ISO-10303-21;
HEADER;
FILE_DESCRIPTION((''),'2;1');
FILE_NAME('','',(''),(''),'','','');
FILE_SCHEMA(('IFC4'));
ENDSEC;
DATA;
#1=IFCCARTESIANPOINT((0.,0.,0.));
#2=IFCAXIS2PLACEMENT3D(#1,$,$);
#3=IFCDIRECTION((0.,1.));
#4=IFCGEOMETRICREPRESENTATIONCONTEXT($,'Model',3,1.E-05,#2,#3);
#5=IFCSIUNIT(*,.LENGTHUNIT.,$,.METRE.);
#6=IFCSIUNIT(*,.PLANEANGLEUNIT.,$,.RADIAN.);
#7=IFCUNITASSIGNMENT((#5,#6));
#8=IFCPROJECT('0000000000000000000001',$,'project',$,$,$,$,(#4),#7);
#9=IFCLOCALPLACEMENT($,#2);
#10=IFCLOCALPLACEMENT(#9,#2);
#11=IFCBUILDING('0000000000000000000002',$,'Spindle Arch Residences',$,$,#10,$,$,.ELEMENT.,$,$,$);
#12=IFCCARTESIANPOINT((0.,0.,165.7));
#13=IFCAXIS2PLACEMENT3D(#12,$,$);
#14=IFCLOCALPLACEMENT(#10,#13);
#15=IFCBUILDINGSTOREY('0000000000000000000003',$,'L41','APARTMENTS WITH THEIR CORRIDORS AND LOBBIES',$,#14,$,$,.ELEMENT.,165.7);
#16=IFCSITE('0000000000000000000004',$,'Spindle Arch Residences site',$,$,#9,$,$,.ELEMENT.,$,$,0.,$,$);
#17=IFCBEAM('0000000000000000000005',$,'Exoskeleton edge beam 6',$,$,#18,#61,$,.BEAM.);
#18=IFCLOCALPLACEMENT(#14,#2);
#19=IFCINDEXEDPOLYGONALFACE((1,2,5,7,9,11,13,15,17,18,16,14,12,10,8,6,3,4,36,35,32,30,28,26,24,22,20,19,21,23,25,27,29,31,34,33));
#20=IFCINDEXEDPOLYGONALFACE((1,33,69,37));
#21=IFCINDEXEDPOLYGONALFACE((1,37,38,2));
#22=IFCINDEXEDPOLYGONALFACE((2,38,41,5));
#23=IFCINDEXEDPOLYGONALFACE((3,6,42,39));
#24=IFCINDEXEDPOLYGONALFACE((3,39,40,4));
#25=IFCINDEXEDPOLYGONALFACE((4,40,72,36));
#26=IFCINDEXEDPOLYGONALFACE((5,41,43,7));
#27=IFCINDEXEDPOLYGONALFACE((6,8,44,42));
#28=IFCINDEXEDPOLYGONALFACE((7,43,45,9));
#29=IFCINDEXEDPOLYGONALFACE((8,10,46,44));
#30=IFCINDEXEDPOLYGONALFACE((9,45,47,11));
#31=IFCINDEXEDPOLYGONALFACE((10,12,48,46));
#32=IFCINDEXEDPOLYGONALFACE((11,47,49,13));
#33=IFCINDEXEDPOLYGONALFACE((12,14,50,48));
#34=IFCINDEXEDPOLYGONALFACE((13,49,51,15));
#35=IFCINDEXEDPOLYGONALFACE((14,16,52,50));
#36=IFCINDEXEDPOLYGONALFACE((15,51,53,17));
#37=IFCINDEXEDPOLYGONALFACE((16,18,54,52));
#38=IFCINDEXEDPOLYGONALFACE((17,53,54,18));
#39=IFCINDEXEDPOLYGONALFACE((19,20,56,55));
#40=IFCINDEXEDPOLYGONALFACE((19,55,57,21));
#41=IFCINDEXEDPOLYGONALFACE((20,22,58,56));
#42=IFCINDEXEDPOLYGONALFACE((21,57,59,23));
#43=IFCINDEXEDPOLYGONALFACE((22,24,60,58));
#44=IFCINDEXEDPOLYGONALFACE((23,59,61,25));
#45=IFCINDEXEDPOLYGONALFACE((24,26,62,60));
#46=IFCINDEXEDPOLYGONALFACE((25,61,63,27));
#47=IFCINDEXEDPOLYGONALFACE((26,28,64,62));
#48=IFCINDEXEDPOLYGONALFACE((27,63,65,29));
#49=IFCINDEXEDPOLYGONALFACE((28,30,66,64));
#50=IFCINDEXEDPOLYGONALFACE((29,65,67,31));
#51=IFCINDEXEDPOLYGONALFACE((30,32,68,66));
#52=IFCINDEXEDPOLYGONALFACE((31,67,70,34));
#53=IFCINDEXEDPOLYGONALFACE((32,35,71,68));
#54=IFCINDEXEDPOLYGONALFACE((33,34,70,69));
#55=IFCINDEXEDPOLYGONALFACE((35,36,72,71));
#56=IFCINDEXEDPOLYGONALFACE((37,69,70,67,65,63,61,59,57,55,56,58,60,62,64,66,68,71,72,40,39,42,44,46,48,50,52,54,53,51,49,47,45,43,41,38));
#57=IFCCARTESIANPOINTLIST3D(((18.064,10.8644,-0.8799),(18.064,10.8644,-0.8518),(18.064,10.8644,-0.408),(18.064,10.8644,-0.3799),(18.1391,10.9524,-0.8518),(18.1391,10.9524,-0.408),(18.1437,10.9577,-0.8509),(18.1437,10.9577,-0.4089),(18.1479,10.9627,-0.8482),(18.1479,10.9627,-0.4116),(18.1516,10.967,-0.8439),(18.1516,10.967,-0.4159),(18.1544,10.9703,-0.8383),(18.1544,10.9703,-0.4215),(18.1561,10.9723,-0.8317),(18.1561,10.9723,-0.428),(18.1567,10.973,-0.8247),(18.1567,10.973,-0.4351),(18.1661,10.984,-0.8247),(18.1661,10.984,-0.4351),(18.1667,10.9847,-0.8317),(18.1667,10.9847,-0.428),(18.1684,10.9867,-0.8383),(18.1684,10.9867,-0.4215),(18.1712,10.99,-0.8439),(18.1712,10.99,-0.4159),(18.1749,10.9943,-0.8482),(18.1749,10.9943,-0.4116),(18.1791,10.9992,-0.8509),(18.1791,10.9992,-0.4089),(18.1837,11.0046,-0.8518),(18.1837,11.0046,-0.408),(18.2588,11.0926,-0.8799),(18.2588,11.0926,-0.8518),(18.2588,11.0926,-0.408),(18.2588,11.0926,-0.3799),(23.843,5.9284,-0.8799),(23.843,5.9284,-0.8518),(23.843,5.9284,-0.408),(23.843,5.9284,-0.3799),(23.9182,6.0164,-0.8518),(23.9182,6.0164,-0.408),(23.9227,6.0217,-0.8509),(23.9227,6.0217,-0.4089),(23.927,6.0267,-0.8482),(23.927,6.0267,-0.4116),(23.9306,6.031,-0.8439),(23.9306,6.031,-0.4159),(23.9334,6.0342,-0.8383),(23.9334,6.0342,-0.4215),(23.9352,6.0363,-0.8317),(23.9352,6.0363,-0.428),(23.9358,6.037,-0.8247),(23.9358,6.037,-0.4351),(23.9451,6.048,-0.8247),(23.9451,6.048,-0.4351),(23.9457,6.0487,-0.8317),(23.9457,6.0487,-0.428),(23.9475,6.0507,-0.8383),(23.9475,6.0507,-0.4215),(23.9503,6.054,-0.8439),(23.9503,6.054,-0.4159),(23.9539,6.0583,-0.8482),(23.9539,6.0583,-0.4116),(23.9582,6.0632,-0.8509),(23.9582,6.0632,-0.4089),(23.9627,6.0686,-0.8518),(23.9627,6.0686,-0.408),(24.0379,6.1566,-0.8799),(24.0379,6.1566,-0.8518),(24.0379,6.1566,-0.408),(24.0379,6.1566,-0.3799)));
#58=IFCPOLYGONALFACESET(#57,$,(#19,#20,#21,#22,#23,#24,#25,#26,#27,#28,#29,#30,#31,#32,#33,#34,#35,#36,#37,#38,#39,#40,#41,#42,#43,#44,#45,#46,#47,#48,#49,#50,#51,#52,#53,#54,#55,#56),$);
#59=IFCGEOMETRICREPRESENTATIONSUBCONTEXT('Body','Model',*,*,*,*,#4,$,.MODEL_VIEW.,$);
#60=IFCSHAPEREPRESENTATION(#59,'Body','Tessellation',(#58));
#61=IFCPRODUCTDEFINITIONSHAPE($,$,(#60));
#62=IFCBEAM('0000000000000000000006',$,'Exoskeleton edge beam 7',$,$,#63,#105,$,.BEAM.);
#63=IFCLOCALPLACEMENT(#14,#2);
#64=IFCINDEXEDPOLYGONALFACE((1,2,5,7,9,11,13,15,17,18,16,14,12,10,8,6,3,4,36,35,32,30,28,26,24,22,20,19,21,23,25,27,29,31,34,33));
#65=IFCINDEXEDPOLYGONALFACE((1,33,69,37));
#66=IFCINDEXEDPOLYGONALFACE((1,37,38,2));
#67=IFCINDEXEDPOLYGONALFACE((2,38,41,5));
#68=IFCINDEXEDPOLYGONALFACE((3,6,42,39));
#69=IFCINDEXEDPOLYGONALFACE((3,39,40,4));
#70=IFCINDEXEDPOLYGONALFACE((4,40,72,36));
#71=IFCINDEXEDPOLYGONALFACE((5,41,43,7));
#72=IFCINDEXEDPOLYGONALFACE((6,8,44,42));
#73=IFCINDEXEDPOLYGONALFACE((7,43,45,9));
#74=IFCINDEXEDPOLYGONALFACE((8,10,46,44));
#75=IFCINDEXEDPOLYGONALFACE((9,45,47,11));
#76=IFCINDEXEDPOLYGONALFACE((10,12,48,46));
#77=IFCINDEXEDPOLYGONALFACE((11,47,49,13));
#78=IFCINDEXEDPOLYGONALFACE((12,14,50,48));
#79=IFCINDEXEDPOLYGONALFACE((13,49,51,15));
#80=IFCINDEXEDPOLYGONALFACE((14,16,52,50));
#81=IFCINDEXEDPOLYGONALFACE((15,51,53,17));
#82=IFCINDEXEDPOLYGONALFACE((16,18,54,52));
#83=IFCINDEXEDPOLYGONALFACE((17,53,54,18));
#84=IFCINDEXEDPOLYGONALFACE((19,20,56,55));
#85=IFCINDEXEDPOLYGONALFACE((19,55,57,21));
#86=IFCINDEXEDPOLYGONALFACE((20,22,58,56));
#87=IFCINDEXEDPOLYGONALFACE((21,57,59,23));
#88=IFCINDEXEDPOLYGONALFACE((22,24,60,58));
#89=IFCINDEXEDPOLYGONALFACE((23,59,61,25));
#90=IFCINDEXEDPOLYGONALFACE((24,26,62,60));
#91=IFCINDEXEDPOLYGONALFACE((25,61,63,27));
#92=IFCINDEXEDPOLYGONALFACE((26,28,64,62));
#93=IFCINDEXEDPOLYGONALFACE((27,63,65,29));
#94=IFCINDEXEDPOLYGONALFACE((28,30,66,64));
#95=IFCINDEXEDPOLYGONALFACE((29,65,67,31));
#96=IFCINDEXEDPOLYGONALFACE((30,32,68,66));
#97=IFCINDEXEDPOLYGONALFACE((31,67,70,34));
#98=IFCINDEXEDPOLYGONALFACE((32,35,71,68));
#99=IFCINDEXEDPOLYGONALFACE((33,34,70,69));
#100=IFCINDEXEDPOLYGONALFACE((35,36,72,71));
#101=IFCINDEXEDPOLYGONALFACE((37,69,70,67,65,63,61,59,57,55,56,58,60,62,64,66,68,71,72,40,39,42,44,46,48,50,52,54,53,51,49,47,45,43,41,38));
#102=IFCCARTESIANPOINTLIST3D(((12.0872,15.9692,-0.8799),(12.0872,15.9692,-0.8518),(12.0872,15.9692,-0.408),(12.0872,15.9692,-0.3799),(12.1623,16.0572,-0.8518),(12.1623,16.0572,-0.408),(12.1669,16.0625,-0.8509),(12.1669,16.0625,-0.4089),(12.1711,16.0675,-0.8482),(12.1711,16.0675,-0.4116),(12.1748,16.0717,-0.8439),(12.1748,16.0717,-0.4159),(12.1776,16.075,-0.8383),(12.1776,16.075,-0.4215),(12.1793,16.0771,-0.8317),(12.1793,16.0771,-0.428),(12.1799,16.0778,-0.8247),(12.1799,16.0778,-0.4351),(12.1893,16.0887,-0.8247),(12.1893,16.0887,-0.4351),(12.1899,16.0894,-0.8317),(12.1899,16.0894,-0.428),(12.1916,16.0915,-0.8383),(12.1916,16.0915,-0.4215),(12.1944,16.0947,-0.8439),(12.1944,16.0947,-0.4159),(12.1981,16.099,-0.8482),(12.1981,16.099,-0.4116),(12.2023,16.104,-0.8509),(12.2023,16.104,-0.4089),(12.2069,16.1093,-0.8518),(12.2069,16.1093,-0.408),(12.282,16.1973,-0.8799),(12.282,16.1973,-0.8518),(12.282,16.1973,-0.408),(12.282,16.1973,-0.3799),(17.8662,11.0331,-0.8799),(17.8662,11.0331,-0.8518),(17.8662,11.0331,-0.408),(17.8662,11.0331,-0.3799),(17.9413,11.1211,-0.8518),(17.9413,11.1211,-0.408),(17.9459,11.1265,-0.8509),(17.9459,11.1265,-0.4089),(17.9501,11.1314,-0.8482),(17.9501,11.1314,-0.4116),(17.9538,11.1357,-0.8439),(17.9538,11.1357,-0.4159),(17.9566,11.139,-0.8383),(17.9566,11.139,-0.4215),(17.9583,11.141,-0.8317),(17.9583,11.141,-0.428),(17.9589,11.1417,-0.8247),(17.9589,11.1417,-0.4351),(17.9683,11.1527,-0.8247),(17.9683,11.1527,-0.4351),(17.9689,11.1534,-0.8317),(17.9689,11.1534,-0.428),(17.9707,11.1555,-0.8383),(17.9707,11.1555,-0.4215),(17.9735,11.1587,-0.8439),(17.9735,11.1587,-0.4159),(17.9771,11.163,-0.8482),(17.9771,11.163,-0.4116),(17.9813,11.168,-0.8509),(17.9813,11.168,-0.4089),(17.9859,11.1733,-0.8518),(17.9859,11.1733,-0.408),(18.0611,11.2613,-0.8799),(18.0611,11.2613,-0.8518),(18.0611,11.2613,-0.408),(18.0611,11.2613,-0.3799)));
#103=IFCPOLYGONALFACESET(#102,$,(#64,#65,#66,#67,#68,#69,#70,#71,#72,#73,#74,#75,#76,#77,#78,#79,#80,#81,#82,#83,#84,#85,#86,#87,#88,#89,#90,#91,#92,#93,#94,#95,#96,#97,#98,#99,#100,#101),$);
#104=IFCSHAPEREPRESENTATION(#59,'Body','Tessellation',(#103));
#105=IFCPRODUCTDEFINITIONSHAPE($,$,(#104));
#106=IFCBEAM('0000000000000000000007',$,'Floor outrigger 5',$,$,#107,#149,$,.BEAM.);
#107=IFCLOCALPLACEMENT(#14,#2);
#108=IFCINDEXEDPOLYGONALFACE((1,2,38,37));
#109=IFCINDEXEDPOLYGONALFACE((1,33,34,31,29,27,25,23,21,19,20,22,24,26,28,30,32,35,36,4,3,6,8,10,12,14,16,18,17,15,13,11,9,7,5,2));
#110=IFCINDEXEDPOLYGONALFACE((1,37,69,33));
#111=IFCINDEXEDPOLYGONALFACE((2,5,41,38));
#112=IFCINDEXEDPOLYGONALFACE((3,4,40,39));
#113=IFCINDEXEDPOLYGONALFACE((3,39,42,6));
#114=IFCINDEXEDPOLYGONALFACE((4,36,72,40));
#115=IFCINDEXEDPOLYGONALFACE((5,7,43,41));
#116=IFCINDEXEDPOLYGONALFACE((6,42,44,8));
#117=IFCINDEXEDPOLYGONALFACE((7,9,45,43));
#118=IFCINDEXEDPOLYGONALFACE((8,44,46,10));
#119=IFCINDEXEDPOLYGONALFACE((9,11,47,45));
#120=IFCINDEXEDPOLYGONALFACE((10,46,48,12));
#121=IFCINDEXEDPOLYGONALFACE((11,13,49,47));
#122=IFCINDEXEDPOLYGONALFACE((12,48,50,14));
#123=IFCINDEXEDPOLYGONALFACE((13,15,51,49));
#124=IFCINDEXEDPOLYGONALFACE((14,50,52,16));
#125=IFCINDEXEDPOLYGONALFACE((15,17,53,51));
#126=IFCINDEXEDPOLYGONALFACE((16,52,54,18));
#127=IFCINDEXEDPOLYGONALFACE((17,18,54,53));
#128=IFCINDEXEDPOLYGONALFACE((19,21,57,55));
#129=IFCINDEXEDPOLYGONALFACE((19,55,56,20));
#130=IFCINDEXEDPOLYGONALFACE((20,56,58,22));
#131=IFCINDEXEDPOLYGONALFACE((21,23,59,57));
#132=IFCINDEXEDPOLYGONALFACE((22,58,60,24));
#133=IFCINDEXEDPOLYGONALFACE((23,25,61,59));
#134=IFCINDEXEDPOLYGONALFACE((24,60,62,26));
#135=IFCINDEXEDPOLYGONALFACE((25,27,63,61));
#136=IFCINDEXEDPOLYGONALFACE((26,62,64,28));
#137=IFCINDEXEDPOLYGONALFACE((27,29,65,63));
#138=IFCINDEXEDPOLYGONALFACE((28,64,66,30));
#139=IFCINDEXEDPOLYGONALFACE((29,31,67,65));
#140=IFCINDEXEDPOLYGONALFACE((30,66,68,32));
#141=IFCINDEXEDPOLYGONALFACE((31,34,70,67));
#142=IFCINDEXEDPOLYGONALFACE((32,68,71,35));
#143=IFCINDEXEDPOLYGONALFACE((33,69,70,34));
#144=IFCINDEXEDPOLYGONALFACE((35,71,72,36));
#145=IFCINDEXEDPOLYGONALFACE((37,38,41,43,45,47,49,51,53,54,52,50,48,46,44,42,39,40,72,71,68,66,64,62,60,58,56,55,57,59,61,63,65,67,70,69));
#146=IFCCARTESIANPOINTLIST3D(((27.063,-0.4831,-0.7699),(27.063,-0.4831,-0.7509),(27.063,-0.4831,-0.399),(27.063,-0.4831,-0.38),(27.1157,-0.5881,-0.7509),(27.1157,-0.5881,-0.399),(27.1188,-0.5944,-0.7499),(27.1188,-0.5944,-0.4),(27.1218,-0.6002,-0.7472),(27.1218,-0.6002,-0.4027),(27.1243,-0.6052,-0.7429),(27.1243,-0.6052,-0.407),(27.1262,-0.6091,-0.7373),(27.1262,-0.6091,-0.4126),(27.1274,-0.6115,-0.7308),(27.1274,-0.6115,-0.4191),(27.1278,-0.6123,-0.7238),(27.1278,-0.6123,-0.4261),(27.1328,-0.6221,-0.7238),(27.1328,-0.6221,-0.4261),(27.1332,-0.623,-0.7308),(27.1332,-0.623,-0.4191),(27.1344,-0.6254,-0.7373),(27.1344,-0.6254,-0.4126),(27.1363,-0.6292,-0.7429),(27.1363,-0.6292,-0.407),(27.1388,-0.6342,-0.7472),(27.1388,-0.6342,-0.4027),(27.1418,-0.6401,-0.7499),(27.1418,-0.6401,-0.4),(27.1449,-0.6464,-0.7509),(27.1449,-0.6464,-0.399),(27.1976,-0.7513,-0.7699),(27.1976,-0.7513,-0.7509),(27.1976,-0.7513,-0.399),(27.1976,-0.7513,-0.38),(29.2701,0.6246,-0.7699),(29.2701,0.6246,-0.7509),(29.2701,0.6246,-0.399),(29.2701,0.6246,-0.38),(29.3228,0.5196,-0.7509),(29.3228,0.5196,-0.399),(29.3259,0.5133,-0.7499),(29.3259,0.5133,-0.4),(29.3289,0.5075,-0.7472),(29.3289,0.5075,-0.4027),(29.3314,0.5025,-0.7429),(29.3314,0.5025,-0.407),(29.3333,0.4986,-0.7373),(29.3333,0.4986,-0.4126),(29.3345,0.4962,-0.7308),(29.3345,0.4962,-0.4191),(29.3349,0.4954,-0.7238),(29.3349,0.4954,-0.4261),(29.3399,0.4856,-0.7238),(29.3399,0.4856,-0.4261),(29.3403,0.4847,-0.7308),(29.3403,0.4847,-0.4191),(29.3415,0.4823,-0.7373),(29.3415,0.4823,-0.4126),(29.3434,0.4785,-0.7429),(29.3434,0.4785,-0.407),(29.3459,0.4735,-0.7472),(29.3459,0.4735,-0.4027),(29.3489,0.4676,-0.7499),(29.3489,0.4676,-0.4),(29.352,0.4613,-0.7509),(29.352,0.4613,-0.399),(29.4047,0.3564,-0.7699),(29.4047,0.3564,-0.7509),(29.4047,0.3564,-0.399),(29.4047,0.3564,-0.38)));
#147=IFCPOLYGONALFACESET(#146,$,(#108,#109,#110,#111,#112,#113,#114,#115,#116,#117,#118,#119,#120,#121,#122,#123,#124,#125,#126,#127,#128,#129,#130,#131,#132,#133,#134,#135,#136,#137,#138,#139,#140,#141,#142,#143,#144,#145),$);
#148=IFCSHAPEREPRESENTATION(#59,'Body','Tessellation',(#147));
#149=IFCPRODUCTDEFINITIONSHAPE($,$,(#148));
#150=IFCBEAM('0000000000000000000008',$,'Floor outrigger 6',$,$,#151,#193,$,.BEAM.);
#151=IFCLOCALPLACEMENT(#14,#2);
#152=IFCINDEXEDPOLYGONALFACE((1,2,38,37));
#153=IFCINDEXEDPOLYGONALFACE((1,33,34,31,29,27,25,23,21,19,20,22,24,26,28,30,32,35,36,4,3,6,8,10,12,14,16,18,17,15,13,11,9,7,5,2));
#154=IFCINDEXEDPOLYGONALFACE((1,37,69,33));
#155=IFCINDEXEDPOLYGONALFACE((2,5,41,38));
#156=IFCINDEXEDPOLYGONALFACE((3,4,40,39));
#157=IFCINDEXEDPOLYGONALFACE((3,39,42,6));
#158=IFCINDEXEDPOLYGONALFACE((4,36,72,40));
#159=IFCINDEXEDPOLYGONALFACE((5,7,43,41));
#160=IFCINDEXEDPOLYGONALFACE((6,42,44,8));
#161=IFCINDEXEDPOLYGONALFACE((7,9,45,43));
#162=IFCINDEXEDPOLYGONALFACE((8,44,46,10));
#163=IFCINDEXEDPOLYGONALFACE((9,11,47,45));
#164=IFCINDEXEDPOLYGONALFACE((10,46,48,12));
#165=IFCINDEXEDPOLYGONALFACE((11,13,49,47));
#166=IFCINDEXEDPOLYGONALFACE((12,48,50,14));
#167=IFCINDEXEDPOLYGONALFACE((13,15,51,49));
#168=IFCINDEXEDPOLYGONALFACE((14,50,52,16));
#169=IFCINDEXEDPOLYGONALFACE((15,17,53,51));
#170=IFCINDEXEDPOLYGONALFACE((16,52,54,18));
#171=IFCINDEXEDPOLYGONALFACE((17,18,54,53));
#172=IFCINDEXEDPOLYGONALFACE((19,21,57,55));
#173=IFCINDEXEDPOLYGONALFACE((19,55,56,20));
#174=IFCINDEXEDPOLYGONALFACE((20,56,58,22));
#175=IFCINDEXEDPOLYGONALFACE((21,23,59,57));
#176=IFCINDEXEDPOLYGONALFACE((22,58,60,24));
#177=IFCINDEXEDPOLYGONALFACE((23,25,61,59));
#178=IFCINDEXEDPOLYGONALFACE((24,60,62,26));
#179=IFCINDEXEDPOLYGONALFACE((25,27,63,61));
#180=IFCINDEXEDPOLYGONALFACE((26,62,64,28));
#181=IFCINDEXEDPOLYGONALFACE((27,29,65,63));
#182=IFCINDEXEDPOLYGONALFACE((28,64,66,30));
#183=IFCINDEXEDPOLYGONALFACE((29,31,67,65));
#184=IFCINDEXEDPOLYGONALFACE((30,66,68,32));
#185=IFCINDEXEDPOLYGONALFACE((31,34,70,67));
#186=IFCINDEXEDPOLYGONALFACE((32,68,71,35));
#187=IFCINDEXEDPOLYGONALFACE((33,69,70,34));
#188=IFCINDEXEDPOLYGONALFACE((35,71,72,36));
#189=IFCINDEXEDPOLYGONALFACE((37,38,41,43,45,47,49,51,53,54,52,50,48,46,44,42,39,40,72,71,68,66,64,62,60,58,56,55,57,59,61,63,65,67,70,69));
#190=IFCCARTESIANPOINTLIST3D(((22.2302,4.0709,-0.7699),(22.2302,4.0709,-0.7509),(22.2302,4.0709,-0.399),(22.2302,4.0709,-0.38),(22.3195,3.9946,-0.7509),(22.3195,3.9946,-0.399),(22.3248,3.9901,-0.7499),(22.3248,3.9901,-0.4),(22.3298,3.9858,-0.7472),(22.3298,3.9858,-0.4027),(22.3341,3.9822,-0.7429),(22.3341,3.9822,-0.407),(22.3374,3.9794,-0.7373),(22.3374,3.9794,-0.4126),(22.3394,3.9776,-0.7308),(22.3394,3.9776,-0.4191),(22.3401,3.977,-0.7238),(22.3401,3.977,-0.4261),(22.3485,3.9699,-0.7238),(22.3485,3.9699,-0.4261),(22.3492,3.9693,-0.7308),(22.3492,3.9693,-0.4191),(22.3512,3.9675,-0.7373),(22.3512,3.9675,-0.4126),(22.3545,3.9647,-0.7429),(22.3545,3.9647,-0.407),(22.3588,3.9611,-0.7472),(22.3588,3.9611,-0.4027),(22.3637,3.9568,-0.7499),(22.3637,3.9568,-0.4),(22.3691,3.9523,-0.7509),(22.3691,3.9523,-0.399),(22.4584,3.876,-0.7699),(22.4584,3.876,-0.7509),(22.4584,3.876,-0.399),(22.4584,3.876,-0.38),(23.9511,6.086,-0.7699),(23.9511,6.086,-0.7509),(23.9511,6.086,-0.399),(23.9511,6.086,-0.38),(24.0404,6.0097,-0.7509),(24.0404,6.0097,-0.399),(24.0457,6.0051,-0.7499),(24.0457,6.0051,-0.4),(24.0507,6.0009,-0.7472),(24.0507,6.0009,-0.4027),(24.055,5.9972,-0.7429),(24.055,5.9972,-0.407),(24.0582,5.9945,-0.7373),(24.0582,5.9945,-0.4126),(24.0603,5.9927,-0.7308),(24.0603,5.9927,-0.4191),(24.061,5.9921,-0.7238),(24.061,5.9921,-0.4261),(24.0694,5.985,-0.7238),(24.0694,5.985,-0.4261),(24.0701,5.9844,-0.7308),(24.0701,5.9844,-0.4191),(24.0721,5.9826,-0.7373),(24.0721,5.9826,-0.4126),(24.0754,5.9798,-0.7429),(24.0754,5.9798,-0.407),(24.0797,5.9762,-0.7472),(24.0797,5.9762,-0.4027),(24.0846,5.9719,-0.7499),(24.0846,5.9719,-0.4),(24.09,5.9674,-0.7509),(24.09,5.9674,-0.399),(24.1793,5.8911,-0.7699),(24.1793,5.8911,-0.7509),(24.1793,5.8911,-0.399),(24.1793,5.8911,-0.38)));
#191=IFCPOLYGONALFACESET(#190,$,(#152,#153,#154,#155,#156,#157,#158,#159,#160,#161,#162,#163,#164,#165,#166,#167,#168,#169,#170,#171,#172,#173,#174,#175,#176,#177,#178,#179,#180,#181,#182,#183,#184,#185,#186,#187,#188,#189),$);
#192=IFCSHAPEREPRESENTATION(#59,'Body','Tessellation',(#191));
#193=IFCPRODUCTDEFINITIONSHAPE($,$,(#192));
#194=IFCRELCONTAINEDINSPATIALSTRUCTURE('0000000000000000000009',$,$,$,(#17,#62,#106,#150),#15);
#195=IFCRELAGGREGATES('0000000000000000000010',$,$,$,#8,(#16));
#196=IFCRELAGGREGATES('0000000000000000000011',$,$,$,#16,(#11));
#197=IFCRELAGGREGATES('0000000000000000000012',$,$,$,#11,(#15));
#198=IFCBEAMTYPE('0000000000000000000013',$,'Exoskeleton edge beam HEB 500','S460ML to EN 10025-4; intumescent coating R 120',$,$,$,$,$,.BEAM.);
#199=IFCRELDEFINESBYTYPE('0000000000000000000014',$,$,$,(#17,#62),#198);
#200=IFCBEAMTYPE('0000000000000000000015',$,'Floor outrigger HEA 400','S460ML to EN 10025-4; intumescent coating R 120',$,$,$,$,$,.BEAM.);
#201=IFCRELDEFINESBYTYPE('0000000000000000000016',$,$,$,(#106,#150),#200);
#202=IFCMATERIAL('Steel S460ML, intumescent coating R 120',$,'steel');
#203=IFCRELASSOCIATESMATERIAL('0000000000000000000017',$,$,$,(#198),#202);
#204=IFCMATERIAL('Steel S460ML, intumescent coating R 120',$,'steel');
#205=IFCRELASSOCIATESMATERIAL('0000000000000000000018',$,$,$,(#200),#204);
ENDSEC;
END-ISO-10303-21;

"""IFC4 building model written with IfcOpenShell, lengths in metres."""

from ifc_helpers import new_model, si_unit, direction, frame, origin, origin_2d, place, context, subcontext, project, spatial, i_section, extrude, material, material_profile, profile_set, type_object, element, save


model = new_model("IFC4")

# Units and contexts
model_context = context("Model", 3, precision=1e-05, world=origin(), true_north=direction((0.0, 1.0)))
body_context = subcontext(model_context, "Body", "Model", "MODEL_VIEW")
ifc_project = project(units=[si_unit("LENGTHUNIT", "METRE"), si_unit("PLANEANGLEUNIT", "RADIAN")], contexts=[model_context])

# Site, building, storey
site_placement = place(None, origin())
site = spatial("IfcSite", under=ifc_project, at=site_placement, Name="Spindle Arch Residences site", CompositionType="ELEMENT", RefElevation=0.0)
building_placement = place(site_placement, origin())
building = spatial("IfcBuilding", under=site, at=building_placement, Name="Spindle Arch Residences", CompositionType="ELEMENT")
storey_placement = place(building_placement, frame((0.0, 0.0, 165.7)))
storey = spatial("IfcBuildingStorey", under=building, at=storey_placement, Name="L41", Description="APARTMENTS WITH THEIR CORRIDORS AND LOBBIES", CompositionType="ELEMENT", Elevation=165.7)

# Beams
ifc_material_1 = material(Name="Steel S460ML, intumescent coating R 120", Category="steel")
ifc_material_profile_1 = material_profile(ifc_material_1, i_section(OverallWidth=0.3, OverallDepth=0.5, WebThickness=0.0144, FlangeThickness=0.0281, FilletRadius=0.0271, at=origin_2d()), Name="HEB 500")
ifc_profile_set_1 = profile_set([ifc_material_profile_1], Name="Steel S460ML, intumescent coating R 120")
beam_type_1 = type_object("IfcBeamType", Name="Exoskeleton edge beam HEB 500", Description="S460ML to EN 10025-4; intumescent coating R 120", PredefinedType="BEAM", material=ifc_profile_set_1)
for number, where, z_axis, x_axis, name in (
    (1, (23.9404, 6.0425, -0.6299), (-0.760389, 0.649468, 0.0), (-0.649468, -0.760389, 0.0), "Exoskeleton edge beam 6"),
    (2, (17.9636, 11.1472, -0.6299), (-0.760389, 0.649468, 0.0), (-0.649468, -0.760389, 0.0), "Exoskeleton edge beam 7"),
):
    element("IfcBeam", number, at=place(storey_placement, frame(where, z_axis=z_axis, x_axis=x_axis)), inside=storey, type_object=beam_type_1, Name=name, PredefinedType="BEAM", context=body_context, shape_type="SweptSolid", body=[
        extrude(i_section(OverallWidth=0.3, OverallDepth=0.5, WebThickness=0.0144, FlangeThickness=0.0281, FilletRadius=0.0271, at=origin_2d()), origin(), (0.0, 0.0, 1.0), 7.6001),
    ])
ifc_material_2 = material(Name="Steel S460ML, intumescent coating R 120", Category="steel")
ifc_material_profile_2 = material_profile(ifc_material_2, i_section(OverallWidth=0.3, OverallDepth=0.3899, WebThickness=0.011, FlangeThickness=0.019, FilletRadius=0.0271, at=origin_2d()), Name="HEA 400")
ifc_profile_set_2 = profile_set([ifc_material_profile_2], Name="Steel S460ML, intumescent coating R 120")
beam_type_2 = type_object("IfcBeamType", Name="Floor outrigger HEA 400", Description="S460ML to EN 10025-4; intumescent coating R 120", PredefinedType="BEAM", material=ifc_profile_set_2)
beam_1_placement = place(storey_placement, frame((29.3374, 0.4905, -0.575), z_axis=(-0.893754, -0.448558, 0.0), x_axis=(0.448558, -0.893754, 0.0)))
element("IfcBeam", 3, at=beam_1_placement, inside=storey, type_object=beam_type_2, Name="Floor outrigger 5", PredefinedType="BEAM", context=body_context, shape_type="SweptSolid", body=[
    extrude(i_section(OverallWidth=0.3, OverallDepth=0.3899, WebThickness=0.011, FlangeThickness=0.019, FilletRadius=0.0271, at=origin_2d()), origin(), (0.0, 0.0, 1.0), 2.4695),
])
for number, where, z_axis, x_axis, name in (
    (4, (24.0652, 5.9885, -0.575), (-0.649417, -0.760432, 0.0), (0.760432, -0.649417, 0.0), "Floor outrigger 6"),
):
    element("IfcBeam", number, at=place(storey_placement, frame(where, z_axis=z_axis, x_axis=x_axis)), inside=storey, type_object=beam_type_2, Name=name, PredefinedType="BEAM", context=body_context, shape_type="SweptSolid", body=[
        extrude(i_section(OverallWidth=0.3, OverallDepth=0.3899, WebThickness=0.011, FlangeThickness=0.019, FilletRadius=0.0271, at=origin_2d()), origin(), (0.0, 0.0, 1.0), 2.6499),
    ])

save(model, "model.ifc")
